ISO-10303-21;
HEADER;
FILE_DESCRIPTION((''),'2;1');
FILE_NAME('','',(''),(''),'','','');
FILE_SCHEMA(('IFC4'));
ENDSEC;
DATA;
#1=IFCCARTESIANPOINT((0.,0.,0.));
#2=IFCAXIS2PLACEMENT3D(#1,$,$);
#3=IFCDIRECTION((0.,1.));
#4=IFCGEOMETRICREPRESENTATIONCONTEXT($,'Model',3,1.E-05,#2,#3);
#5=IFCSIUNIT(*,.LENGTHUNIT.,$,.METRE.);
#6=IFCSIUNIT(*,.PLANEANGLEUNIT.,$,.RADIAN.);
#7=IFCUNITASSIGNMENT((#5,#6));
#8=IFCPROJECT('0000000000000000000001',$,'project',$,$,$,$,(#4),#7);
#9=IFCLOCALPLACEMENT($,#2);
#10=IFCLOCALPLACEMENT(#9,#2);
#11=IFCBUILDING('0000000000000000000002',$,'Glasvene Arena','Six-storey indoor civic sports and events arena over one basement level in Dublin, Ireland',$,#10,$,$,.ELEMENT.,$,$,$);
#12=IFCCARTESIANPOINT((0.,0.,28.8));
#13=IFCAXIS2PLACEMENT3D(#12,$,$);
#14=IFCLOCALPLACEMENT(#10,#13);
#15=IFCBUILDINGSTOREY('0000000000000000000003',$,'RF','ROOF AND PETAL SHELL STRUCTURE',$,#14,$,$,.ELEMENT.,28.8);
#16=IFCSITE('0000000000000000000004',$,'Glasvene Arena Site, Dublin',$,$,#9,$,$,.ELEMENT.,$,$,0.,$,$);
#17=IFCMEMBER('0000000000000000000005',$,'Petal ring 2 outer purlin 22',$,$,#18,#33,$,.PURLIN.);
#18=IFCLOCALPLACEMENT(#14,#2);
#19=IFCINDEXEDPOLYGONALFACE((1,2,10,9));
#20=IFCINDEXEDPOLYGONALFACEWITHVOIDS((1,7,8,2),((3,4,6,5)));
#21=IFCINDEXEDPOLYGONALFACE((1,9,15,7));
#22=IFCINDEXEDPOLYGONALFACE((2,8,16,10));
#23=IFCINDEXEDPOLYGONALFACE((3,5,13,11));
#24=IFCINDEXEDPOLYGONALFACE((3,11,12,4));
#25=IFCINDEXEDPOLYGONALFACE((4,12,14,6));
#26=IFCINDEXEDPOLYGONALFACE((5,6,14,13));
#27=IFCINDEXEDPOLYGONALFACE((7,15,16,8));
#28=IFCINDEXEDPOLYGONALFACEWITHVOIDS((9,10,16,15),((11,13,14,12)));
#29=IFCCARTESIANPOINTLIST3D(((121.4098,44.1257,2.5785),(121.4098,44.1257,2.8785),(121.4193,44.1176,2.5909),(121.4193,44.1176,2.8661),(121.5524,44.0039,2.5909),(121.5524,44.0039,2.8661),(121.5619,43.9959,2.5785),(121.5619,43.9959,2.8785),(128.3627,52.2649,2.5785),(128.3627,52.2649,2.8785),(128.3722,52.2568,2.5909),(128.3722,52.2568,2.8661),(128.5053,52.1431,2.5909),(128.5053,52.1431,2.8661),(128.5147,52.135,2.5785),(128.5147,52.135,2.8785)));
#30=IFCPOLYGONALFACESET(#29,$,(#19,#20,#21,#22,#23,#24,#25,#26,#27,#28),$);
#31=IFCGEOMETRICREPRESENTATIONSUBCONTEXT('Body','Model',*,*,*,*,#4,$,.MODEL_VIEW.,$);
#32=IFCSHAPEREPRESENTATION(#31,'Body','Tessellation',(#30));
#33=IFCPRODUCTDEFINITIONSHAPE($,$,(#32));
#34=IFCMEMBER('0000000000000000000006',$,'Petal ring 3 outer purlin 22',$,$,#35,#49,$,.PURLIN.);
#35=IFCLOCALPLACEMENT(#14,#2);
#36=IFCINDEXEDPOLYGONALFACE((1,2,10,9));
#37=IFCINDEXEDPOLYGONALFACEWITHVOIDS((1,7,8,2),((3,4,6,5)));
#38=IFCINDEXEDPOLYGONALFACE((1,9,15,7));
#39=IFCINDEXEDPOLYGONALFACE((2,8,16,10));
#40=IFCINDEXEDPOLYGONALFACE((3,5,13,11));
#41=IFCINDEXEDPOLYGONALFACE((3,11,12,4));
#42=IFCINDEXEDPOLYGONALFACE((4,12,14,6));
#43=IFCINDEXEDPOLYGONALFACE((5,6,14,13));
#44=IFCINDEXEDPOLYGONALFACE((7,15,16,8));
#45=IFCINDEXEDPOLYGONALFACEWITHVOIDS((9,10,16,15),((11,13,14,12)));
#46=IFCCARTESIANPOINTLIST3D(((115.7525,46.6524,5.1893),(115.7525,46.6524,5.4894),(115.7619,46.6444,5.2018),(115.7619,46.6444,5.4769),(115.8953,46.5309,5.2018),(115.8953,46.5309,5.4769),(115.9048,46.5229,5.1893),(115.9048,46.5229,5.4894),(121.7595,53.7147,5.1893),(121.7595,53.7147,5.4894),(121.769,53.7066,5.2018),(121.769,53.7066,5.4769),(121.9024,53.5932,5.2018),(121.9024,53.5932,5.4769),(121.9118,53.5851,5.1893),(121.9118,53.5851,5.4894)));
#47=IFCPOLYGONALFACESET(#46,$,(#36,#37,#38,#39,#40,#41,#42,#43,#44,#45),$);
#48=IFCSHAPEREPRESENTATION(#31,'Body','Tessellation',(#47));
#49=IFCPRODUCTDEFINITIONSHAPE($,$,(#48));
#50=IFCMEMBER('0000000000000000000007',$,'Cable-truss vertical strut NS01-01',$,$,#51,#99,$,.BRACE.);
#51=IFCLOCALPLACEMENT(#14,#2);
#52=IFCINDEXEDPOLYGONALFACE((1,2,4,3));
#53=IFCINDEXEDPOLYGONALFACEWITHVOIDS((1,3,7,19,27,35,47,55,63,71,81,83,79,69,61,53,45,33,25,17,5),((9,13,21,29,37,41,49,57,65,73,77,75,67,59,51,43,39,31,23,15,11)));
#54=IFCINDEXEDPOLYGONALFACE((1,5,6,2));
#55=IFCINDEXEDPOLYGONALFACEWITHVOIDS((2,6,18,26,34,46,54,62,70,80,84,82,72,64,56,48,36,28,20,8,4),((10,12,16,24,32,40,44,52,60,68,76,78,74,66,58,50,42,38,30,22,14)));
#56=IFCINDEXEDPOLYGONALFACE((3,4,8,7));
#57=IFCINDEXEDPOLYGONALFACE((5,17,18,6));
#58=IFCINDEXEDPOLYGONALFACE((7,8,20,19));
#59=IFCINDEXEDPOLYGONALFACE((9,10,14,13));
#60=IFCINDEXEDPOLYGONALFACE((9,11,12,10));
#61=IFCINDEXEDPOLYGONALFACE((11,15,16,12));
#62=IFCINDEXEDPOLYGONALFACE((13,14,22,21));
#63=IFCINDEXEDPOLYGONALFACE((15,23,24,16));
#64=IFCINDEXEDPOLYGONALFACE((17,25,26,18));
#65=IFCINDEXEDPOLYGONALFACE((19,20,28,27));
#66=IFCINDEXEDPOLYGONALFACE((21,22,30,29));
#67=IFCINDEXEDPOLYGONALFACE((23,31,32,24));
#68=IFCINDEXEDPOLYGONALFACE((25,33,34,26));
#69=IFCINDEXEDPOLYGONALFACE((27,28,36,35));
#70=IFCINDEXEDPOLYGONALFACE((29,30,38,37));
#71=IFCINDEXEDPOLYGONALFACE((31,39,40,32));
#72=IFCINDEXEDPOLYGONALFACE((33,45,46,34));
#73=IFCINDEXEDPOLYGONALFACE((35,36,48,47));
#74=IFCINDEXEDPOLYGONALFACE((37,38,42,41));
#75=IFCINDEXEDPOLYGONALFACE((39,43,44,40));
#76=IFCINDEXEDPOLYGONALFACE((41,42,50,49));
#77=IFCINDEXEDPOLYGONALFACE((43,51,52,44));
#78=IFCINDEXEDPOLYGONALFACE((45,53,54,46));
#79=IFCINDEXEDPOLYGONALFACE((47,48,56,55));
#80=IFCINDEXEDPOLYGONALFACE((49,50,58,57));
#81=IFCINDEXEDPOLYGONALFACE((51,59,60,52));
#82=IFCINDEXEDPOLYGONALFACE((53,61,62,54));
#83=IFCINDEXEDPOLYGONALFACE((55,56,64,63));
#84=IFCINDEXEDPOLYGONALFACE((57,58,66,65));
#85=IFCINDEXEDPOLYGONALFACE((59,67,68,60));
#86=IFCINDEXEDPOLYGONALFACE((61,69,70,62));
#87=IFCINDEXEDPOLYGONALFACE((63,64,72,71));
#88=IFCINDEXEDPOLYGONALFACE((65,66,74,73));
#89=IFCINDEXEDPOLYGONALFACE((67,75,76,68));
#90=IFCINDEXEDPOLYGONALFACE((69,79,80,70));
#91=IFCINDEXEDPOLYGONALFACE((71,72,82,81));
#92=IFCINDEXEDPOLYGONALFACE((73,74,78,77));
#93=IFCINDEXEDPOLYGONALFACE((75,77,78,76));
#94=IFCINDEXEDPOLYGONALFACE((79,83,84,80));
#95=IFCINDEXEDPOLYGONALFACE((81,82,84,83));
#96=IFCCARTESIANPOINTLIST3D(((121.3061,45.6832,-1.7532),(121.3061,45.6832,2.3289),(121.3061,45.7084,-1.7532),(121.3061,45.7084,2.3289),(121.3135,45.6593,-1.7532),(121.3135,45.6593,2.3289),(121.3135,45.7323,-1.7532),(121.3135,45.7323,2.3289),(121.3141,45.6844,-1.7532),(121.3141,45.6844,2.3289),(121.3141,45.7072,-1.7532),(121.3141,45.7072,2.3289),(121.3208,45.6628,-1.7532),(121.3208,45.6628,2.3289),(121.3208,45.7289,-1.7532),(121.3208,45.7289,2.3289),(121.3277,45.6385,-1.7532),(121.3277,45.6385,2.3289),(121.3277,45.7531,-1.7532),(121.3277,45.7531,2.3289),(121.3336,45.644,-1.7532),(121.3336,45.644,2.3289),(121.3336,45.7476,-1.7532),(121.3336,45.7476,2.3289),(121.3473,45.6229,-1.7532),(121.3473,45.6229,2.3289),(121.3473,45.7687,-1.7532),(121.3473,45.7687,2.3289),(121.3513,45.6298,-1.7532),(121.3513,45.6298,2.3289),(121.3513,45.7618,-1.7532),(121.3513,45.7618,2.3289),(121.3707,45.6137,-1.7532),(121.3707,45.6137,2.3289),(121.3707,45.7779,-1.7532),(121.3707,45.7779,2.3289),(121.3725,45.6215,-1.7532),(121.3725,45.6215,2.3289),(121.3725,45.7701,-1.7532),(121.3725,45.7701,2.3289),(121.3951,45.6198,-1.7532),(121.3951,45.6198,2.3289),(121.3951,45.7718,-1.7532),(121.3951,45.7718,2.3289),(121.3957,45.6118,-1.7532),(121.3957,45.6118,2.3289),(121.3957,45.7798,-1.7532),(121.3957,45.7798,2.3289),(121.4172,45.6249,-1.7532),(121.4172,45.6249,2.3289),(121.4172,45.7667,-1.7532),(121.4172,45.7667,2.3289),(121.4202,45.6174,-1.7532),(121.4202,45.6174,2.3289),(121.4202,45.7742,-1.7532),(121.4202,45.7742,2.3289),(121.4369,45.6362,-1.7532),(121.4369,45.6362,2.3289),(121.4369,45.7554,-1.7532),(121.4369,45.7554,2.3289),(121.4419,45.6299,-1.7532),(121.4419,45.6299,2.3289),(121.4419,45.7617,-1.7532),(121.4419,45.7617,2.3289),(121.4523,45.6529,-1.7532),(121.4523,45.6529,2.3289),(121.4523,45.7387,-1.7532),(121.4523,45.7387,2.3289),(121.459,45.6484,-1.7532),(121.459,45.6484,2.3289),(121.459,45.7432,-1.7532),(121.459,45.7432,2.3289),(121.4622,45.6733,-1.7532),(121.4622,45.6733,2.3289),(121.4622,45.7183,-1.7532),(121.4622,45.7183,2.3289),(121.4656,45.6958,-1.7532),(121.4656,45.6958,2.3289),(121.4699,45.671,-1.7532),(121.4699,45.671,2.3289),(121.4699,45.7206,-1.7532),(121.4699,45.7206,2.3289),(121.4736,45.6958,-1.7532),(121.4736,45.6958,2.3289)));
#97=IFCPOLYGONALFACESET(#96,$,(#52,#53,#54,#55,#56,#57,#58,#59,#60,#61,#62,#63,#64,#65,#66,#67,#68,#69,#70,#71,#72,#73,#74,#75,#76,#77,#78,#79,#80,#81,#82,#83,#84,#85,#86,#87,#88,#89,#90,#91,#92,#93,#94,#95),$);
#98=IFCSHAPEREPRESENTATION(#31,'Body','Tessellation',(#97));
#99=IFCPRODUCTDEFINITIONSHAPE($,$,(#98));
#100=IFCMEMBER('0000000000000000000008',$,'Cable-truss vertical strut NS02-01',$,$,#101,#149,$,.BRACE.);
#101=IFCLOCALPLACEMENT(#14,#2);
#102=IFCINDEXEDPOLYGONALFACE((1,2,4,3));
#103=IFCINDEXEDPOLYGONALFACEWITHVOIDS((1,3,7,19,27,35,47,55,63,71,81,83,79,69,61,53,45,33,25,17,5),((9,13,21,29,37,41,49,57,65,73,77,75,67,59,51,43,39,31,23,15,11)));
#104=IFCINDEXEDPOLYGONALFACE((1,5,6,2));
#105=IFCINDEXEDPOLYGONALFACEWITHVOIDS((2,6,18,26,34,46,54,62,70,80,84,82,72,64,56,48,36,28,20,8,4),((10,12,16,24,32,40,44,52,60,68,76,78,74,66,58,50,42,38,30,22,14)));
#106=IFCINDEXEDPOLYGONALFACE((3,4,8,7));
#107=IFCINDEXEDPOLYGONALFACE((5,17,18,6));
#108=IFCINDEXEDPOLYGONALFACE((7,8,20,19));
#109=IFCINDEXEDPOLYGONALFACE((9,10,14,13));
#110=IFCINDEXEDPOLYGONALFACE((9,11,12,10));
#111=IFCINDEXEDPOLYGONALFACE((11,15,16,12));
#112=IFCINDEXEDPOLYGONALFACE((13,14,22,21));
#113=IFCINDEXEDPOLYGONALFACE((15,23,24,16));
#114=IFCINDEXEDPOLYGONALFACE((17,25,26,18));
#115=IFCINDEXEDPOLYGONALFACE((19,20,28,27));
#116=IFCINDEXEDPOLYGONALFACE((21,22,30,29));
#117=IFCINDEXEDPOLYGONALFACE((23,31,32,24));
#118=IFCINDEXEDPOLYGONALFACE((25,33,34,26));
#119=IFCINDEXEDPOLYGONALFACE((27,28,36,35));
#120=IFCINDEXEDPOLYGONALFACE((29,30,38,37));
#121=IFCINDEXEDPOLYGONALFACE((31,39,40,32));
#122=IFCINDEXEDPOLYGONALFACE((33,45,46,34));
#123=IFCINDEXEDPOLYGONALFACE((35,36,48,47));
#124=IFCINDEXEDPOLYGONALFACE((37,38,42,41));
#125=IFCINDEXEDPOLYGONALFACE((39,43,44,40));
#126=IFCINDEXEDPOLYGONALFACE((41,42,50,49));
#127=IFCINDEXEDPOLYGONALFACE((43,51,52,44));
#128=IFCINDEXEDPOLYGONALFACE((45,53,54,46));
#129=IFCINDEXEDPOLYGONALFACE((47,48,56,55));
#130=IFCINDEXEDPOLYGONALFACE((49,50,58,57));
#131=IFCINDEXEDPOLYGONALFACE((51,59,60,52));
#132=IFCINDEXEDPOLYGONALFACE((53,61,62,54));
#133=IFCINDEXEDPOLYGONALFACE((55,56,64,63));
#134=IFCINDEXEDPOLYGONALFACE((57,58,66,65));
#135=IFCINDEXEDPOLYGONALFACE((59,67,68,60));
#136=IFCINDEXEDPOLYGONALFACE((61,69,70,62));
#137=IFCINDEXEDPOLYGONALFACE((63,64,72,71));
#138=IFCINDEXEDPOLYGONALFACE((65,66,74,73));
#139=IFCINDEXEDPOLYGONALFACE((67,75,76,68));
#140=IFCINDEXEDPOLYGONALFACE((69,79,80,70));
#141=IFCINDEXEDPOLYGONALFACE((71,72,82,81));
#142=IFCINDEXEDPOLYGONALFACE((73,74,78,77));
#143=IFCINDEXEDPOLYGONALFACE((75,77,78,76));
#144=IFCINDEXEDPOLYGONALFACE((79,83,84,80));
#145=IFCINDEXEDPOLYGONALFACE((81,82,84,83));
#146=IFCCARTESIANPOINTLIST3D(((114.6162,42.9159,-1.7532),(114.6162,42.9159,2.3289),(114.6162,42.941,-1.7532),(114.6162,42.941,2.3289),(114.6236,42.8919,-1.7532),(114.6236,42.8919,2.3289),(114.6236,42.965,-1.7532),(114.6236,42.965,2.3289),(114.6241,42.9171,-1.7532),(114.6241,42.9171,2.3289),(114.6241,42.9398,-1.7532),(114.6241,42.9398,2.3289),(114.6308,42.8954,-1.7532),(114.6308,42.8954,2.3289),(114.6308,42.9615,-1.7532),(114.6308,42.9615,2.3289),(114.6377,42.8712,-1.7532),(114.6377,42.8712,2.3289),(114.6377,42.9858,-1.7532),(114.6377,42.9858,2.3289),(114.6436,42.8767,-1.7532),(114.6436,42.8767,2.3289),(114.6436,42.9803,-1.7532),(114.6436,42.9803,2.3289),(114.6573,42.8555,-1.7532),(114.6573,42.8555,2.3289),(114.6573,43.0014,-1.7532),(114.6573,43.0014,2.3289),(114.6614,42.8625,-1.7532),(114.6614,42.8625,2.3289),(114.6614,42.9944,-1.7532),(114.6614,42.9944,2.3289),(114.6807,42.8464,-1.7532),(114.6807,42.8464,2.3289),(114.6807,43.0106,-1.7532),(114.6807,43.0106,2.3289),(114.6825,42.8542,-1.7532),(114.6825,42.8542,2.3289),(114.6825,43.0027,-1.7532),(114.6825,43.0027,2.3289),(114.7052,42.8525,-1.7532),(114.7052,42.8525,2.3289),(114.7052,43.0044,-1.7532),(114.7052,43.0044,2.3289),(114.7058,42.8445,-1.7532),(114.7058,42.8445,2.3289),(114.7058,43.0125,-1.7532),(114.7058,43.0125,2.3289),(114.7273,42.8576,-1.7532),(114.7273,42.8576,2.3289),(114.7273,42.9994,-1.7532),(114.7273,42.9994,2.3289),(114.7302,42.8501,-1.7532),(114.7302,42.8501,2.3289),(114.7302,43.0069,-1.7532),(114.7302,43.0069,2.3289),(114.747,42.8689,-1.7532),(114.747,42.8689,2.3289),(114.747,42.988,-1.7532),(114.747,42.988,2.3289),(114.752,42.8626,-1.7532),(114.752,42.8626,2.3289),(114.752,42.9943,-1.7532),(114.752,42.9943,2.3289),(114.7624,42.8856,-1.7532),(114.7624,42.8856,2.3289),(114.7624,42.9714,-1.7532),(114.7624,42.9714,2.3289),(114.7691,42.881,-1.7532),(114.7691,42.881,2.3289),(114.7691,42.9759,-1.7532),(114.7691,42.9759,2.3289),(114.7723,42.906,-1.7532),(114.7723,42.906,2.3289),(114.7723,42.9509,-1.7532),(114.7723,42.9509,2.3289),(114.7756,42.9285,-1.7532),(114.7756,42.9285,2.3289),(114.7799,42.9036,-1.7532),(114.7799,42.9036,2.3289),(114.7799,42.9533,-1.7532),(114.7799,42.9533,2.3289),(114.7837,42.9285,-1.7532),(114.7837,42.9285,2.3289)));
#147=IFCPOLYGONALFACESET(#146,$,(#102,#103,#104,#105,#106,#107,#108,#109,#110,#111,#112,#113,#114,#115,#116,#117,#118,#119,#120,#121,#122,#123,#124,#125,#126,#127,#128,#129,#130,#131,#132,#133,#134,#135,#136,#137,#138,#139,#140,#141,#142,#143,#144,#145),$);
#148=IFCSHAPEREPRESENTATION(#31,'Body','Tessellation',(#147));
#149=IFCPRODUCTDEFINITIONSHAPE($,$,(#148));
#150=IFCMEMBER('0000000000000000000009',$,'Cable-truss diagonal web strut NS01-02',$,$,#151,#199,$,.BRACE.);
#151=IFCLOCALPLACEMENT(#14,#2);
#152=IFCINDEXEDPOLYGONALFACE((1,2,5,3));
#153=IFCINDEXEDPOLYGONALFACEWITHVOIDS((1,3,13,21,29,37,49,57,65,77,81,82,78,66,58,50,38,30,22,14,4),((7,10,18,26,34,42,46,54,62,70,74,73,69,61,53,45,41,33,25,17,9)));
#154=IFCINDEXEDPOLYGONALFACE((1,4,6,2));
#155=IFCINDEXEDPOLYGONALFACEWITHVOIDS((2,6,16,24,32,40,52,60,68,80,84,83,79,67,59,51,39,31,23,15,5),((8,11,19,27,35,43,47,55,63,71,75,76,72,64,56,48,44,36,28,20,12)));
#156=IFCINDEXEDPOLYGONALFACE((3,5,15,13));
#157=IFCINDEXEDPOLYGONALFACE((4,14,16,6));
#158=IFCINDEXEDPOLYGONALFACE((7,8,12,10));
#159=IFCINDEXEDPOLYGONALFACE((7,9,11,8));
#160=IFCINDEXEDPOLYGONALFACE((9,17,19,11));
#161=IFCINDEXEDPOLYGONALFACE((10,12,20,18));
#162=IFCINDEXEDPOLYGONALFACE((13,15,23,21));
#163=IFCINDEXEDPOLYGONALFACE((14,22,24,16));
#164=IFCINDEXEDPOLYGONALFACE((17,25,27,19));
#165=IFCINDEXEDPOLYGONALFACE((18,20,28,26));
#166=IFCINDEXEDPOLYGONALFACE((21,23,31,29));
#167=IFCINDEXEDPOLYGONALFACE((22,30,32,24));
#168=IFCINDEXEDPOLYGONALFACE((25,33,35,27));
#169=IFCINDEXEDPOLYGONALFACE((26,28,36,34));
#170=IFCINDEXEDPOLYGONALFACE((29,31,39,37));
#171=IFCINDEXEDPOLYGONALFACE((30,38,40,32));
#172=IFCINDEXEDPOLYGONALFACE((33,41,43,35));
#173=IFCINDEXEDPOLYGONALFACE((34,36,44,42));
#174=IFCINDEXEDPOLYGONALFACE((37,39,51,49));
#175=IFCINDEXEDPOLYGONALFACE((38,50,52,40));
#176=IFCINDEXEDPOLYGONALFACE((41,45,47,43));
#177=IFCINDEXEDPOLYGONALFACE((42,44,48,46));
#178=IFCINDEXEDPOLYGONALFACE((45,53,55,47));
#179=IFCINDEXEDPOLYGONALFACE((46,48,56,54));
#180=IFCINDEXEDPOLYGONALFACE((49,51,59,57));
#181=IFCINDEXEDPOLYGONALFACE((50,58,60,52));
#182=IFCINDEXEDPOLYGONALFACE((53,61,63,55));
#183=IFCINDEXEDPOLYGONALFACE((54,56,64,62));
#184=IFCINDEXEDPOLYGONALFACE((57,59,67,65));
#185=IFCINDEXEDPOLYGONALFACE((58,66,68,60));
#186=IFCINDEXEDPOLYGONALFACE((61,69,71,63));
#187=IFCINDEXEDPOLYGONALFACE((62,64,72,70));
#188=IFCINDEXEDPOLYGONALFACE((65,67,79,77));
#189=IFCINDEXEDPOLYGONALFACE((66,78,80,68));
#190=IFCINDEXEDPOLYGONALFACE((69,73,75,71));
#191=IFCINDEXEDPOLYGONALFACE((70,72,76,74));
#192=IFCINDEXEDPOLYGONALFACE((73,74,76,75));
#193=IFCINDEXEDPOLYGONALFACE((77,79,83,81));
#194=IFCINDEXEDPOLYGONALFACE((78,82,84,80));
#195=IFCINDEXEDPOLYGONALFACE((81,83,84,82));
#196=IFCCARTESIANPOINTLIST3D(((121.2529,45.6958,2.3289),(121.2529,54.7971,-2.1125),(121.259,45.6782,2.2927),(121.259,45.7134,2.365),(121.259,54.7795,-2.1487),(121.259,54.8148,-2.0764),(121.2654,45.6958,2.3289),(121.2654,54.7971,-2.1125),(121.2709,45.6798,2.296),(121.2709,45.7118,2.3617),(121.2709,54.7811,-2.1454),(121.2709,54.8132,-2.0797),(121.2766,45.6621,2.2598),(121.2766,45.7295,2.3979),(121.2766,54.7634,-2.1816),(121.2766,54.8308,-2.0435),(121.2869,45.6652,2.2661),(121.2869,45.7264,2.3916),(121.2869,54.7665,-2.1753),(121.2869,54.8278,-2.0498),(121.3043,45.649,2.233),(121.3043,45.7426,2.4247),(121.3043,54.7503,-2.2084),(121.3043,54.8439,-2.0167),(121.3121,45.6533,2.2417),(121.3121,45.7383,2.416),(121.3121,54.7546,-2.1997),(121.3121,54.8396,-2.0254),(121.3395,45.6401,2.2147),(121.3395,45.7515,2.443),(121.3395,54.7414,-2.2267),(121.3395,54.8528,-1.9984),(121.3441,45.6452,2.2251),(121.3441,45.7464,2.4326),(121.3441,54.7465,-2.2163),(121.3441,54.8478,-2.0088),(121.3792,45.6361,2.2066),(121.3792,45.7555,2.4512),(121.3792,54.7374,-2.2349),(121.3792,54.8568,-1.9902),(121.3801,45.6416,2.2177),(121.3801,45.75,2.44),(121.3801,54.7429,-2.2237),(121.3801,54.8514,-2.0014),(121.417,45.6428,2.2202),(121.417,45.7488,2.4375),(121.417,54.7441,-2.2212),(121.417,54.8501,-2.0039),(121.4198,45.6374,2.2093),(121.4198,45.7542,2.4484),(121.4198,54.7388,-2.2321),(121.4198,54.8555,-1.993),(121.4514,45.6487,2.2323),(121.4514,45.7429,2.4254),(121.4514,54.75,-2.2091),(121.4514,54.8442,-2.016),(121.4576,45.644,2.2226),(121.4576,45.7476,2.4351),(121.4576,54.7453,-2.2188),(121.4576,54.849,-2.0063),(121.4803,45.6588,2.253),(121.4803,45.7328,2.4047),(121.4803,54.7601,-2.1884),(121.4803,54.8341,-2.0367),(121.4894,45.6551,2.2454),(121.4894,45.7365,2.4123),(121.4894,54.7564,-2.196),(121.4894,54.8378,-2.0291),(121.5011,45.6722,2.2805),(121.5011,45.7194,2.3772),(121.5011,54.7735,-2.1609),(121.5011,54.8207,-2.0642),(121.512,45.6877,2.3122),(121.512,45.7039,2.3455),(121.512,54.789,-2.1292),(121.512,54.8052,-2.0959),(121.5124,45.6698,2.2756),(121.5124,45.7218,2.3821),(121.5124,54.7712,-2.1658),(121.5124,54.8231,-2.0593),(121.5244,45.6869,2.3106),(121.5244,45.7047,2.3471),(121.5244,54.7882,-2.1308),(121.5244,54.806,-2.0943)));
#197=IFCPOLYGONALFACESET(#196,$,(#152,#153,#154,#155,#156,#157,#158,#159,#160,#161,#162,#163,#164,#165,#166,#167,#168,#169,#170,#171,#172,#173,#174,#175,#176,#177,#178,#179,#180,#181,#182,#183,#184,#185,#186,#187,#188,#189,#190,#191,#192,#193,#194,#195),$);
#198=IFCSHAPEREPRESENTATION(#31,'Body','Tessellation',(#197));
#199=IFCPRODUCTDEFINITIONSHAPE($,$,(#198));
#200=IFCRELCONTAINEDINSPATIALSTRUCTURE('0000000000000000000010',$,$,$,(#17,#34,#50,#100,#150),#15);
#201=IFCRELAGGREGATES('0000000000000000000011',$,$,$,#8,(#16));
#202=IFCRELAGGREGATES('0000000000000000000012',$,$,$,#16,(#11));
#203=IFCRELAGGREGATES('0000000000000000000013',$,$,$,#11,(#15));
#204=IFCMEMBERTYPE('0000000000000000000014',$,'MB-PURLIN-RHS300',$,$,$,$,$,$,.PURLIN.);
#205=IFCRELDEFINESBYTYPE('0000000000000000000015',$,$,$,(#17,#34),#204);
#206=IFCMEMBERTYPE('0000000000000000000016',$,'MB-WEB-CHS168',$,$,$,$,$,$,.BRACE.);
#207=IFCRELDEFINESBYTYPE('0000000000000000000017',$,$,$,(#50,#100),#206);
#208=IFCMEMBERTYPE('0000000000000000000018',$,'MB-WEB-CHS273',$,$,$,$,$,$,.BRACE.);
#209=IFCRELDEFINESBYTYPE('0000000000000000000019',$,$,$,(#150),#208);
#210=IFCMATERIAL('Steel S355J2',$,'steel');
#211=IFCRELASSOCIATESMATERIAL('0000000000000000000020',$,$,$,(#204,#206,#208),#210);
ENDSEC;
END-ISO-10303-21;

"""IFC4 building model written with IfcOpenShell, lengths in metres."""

from ifc_helpers import new_model, si_unit, direction, frame, origin, origin_2d, place, context, subcontext, project, spatial, hollow_rectangle, hollow_circle, extrude, material, material_profile, profile_set, type_object, element, save


model = new_model("IFC4")

# Units and contexts
model_context = context("Model", 3, precision=1e-05, world=origin(), true_north=direction((0.0, 1.0)))
body_context = subcontext(model_context, "Body", "Model", "MODEL_VIEW")
ifc_project = project(units=[si_unit("LENGTHUNIT", "METRE"), si_unit("PLANEANGLEUNIT", "RADIAN")], contexts=[model_context])

# Site, building, storey
site_placement = place(None, origin())
site = spatial("IfcSite", under=ifc_project, at=site_placement, Name="Glasvene Arena Site, Dublin", CompositionType="ELEMENT", RefElevation=0.0)
building_placement = place(site_placement, origin())
building = spatial("IfcBuilding", under=site, at=building_placement, Name="Glasvene Arena", Description="Six-storey indoor civic sports and events arena over one basement level in Dublin, Ireland", CompositionType="ELEMENT")
storey_placement = place(building_placement, frame((0.0, 0.0, 28.8)))
storey = spatial("IfcBuildingStorey", under=building, at=storey_placement, Name="RF", Description="ROOF AND PETAL SHELL STRUCTURE", CompositionType="ELEMENT", Elevation=28.8)

# Members
ifc_material_1 = material(Name="Steel S355J2", Category="steel")
ifc_material_profile_1 = material_profile(ifc_material_1, hollow_rectangle(XDim=0.2, YDim=0.3, WallThickness=0.0125, at=origin_2d()), Name="RHS 300x200x12.5")
ifc_profile_set_1 = profile_set([ifc_material_profile_1], Name="Steel S355J2")
member_type_1 = type_object("IfcMemberType", Name="MB-PURLIN-RHS300", PredefinedType="PURLIN", material=ifc_profile_set_1)
member_1_placement = place(storey_placement, frame((121.4858, 44.0608, 2.7285), z_axis=(0.649523, 0.760342, 0.0), x_axis=(-0.760342, 0.649523, 0.0)))
element("IfcMember", 1, at=member_1_placement, inside=storey, type_object=member_type_1, Name="Petal ring 2 outer purlin 22", PredefinedType="PURLIN", context=body_context, shape_type="SweptSolid", body=[
    extrude(hollow_rectangle(XDim=0.2, YDim=0.3, WallThickness=0.0125, at=origin_2d()), origin(), (0.0, 0.0, 1.0), 10.7046),
])
member_2_placement = place(storey_placement, frame((115.8286, 46.5876, 5.3394), z_axis=(0.647909, 0.761718, 0.0), x_axis=(-0.761718, 0.647909, 0.0)))
element("IfcMember", 2, at=member_2_placement, inside=storey, type_object=member_type_1, Name="Petal ring 3 outer purlin 22", PredefinedType="PURLIN", context=body_context, shape_type="SweptSolid", body=[
    extrude(hollow_rectangle(XDim=0.2, YDim=0.3, WallThickness=0.0125, at=origin_2d()), origin(), (0.0, 0.0, 1.0), 9.2715),
])
ifc_material_profile_2 = material_profile(ifc_material_1, hollow_circle(Radius=0.0842, WallThickness=0.0081, at=origin_2d()), Name="CHS 168.3x8.0")
ifc_profile_set_2 = profile_set([ifc_material_profile_2], Name="Steel S355J2")
member_type_2 = type_object("IfcMemberType", Name="MB-WEB-CHS168", PredefinedType="BRACE", material=ifc_profile_set_2)
for number, where, z_axis, x_axis, name in (
    (3, (121.3894, 45.6958, -1.7532), (0.0, 0.0, 1.0), (1.0, 0.0, 0.0), "Cable-truss vertical strut NS01-01"),
    (4, (114.6995, 42.9285, -1.7532), (0.0, 0.0, 1.0), (1.0, 0.0, 0.0), "Cable-truss vertical strut NS02-01"),
):
    element("IfcMember", number, at=place(storey_placement, frame(where, z_axis=z_axis, x_axis=x_axis)), inside=storey, type_object=member_type_2, Name=name, PredefinedType="BRACE", context=body_context, shape_type="SweptSolid", body=[
        extrude(hollow_circle(Radius=0.0842, WallThickness=0.0081, at=origin_2d()), origin(), (0.0, 0.0, 1.0), 4.082),
    ])
ifc_material_profile_3 = material_profile(ifc_material_1, hollow_circle(Radius=0.1365, WallThickness=0.0125, at=origin_2d()), Name="CHS 273.0x12.5")
ifc_profile_set_3 = profile_set([ifc_material_profile_3], Name="Steel S355J2")
member_type_3 = type_object("IfcMemberType", Name="MB-WEB-CHS273", PredefinedType="BRACE", material=ifc_profile_set_3)
member_3_placement = place(storey_placement, frame((121.3894, 45.6958, 2.3289), z_axis=(0.0, 0.898701, -0.438562), x_axis=(-1.0, 0.0, 0.0)))
element("IfcMember", 5, at=member_3_placement, inside=storey, type_object=member_type_3, Name="Cable-truss diagonal web strut NS01-02", PredefinedType="BRACE", context=body_context, shape_type="SweptSolid", body=[
    extrude(hollow_circle(Radius=0.1365, WallThickness=0.0125, at=origin_2d()), origin(), (0.0, 0.0, 1.0), 10.1272),
])

save(model, "model.ifc")
